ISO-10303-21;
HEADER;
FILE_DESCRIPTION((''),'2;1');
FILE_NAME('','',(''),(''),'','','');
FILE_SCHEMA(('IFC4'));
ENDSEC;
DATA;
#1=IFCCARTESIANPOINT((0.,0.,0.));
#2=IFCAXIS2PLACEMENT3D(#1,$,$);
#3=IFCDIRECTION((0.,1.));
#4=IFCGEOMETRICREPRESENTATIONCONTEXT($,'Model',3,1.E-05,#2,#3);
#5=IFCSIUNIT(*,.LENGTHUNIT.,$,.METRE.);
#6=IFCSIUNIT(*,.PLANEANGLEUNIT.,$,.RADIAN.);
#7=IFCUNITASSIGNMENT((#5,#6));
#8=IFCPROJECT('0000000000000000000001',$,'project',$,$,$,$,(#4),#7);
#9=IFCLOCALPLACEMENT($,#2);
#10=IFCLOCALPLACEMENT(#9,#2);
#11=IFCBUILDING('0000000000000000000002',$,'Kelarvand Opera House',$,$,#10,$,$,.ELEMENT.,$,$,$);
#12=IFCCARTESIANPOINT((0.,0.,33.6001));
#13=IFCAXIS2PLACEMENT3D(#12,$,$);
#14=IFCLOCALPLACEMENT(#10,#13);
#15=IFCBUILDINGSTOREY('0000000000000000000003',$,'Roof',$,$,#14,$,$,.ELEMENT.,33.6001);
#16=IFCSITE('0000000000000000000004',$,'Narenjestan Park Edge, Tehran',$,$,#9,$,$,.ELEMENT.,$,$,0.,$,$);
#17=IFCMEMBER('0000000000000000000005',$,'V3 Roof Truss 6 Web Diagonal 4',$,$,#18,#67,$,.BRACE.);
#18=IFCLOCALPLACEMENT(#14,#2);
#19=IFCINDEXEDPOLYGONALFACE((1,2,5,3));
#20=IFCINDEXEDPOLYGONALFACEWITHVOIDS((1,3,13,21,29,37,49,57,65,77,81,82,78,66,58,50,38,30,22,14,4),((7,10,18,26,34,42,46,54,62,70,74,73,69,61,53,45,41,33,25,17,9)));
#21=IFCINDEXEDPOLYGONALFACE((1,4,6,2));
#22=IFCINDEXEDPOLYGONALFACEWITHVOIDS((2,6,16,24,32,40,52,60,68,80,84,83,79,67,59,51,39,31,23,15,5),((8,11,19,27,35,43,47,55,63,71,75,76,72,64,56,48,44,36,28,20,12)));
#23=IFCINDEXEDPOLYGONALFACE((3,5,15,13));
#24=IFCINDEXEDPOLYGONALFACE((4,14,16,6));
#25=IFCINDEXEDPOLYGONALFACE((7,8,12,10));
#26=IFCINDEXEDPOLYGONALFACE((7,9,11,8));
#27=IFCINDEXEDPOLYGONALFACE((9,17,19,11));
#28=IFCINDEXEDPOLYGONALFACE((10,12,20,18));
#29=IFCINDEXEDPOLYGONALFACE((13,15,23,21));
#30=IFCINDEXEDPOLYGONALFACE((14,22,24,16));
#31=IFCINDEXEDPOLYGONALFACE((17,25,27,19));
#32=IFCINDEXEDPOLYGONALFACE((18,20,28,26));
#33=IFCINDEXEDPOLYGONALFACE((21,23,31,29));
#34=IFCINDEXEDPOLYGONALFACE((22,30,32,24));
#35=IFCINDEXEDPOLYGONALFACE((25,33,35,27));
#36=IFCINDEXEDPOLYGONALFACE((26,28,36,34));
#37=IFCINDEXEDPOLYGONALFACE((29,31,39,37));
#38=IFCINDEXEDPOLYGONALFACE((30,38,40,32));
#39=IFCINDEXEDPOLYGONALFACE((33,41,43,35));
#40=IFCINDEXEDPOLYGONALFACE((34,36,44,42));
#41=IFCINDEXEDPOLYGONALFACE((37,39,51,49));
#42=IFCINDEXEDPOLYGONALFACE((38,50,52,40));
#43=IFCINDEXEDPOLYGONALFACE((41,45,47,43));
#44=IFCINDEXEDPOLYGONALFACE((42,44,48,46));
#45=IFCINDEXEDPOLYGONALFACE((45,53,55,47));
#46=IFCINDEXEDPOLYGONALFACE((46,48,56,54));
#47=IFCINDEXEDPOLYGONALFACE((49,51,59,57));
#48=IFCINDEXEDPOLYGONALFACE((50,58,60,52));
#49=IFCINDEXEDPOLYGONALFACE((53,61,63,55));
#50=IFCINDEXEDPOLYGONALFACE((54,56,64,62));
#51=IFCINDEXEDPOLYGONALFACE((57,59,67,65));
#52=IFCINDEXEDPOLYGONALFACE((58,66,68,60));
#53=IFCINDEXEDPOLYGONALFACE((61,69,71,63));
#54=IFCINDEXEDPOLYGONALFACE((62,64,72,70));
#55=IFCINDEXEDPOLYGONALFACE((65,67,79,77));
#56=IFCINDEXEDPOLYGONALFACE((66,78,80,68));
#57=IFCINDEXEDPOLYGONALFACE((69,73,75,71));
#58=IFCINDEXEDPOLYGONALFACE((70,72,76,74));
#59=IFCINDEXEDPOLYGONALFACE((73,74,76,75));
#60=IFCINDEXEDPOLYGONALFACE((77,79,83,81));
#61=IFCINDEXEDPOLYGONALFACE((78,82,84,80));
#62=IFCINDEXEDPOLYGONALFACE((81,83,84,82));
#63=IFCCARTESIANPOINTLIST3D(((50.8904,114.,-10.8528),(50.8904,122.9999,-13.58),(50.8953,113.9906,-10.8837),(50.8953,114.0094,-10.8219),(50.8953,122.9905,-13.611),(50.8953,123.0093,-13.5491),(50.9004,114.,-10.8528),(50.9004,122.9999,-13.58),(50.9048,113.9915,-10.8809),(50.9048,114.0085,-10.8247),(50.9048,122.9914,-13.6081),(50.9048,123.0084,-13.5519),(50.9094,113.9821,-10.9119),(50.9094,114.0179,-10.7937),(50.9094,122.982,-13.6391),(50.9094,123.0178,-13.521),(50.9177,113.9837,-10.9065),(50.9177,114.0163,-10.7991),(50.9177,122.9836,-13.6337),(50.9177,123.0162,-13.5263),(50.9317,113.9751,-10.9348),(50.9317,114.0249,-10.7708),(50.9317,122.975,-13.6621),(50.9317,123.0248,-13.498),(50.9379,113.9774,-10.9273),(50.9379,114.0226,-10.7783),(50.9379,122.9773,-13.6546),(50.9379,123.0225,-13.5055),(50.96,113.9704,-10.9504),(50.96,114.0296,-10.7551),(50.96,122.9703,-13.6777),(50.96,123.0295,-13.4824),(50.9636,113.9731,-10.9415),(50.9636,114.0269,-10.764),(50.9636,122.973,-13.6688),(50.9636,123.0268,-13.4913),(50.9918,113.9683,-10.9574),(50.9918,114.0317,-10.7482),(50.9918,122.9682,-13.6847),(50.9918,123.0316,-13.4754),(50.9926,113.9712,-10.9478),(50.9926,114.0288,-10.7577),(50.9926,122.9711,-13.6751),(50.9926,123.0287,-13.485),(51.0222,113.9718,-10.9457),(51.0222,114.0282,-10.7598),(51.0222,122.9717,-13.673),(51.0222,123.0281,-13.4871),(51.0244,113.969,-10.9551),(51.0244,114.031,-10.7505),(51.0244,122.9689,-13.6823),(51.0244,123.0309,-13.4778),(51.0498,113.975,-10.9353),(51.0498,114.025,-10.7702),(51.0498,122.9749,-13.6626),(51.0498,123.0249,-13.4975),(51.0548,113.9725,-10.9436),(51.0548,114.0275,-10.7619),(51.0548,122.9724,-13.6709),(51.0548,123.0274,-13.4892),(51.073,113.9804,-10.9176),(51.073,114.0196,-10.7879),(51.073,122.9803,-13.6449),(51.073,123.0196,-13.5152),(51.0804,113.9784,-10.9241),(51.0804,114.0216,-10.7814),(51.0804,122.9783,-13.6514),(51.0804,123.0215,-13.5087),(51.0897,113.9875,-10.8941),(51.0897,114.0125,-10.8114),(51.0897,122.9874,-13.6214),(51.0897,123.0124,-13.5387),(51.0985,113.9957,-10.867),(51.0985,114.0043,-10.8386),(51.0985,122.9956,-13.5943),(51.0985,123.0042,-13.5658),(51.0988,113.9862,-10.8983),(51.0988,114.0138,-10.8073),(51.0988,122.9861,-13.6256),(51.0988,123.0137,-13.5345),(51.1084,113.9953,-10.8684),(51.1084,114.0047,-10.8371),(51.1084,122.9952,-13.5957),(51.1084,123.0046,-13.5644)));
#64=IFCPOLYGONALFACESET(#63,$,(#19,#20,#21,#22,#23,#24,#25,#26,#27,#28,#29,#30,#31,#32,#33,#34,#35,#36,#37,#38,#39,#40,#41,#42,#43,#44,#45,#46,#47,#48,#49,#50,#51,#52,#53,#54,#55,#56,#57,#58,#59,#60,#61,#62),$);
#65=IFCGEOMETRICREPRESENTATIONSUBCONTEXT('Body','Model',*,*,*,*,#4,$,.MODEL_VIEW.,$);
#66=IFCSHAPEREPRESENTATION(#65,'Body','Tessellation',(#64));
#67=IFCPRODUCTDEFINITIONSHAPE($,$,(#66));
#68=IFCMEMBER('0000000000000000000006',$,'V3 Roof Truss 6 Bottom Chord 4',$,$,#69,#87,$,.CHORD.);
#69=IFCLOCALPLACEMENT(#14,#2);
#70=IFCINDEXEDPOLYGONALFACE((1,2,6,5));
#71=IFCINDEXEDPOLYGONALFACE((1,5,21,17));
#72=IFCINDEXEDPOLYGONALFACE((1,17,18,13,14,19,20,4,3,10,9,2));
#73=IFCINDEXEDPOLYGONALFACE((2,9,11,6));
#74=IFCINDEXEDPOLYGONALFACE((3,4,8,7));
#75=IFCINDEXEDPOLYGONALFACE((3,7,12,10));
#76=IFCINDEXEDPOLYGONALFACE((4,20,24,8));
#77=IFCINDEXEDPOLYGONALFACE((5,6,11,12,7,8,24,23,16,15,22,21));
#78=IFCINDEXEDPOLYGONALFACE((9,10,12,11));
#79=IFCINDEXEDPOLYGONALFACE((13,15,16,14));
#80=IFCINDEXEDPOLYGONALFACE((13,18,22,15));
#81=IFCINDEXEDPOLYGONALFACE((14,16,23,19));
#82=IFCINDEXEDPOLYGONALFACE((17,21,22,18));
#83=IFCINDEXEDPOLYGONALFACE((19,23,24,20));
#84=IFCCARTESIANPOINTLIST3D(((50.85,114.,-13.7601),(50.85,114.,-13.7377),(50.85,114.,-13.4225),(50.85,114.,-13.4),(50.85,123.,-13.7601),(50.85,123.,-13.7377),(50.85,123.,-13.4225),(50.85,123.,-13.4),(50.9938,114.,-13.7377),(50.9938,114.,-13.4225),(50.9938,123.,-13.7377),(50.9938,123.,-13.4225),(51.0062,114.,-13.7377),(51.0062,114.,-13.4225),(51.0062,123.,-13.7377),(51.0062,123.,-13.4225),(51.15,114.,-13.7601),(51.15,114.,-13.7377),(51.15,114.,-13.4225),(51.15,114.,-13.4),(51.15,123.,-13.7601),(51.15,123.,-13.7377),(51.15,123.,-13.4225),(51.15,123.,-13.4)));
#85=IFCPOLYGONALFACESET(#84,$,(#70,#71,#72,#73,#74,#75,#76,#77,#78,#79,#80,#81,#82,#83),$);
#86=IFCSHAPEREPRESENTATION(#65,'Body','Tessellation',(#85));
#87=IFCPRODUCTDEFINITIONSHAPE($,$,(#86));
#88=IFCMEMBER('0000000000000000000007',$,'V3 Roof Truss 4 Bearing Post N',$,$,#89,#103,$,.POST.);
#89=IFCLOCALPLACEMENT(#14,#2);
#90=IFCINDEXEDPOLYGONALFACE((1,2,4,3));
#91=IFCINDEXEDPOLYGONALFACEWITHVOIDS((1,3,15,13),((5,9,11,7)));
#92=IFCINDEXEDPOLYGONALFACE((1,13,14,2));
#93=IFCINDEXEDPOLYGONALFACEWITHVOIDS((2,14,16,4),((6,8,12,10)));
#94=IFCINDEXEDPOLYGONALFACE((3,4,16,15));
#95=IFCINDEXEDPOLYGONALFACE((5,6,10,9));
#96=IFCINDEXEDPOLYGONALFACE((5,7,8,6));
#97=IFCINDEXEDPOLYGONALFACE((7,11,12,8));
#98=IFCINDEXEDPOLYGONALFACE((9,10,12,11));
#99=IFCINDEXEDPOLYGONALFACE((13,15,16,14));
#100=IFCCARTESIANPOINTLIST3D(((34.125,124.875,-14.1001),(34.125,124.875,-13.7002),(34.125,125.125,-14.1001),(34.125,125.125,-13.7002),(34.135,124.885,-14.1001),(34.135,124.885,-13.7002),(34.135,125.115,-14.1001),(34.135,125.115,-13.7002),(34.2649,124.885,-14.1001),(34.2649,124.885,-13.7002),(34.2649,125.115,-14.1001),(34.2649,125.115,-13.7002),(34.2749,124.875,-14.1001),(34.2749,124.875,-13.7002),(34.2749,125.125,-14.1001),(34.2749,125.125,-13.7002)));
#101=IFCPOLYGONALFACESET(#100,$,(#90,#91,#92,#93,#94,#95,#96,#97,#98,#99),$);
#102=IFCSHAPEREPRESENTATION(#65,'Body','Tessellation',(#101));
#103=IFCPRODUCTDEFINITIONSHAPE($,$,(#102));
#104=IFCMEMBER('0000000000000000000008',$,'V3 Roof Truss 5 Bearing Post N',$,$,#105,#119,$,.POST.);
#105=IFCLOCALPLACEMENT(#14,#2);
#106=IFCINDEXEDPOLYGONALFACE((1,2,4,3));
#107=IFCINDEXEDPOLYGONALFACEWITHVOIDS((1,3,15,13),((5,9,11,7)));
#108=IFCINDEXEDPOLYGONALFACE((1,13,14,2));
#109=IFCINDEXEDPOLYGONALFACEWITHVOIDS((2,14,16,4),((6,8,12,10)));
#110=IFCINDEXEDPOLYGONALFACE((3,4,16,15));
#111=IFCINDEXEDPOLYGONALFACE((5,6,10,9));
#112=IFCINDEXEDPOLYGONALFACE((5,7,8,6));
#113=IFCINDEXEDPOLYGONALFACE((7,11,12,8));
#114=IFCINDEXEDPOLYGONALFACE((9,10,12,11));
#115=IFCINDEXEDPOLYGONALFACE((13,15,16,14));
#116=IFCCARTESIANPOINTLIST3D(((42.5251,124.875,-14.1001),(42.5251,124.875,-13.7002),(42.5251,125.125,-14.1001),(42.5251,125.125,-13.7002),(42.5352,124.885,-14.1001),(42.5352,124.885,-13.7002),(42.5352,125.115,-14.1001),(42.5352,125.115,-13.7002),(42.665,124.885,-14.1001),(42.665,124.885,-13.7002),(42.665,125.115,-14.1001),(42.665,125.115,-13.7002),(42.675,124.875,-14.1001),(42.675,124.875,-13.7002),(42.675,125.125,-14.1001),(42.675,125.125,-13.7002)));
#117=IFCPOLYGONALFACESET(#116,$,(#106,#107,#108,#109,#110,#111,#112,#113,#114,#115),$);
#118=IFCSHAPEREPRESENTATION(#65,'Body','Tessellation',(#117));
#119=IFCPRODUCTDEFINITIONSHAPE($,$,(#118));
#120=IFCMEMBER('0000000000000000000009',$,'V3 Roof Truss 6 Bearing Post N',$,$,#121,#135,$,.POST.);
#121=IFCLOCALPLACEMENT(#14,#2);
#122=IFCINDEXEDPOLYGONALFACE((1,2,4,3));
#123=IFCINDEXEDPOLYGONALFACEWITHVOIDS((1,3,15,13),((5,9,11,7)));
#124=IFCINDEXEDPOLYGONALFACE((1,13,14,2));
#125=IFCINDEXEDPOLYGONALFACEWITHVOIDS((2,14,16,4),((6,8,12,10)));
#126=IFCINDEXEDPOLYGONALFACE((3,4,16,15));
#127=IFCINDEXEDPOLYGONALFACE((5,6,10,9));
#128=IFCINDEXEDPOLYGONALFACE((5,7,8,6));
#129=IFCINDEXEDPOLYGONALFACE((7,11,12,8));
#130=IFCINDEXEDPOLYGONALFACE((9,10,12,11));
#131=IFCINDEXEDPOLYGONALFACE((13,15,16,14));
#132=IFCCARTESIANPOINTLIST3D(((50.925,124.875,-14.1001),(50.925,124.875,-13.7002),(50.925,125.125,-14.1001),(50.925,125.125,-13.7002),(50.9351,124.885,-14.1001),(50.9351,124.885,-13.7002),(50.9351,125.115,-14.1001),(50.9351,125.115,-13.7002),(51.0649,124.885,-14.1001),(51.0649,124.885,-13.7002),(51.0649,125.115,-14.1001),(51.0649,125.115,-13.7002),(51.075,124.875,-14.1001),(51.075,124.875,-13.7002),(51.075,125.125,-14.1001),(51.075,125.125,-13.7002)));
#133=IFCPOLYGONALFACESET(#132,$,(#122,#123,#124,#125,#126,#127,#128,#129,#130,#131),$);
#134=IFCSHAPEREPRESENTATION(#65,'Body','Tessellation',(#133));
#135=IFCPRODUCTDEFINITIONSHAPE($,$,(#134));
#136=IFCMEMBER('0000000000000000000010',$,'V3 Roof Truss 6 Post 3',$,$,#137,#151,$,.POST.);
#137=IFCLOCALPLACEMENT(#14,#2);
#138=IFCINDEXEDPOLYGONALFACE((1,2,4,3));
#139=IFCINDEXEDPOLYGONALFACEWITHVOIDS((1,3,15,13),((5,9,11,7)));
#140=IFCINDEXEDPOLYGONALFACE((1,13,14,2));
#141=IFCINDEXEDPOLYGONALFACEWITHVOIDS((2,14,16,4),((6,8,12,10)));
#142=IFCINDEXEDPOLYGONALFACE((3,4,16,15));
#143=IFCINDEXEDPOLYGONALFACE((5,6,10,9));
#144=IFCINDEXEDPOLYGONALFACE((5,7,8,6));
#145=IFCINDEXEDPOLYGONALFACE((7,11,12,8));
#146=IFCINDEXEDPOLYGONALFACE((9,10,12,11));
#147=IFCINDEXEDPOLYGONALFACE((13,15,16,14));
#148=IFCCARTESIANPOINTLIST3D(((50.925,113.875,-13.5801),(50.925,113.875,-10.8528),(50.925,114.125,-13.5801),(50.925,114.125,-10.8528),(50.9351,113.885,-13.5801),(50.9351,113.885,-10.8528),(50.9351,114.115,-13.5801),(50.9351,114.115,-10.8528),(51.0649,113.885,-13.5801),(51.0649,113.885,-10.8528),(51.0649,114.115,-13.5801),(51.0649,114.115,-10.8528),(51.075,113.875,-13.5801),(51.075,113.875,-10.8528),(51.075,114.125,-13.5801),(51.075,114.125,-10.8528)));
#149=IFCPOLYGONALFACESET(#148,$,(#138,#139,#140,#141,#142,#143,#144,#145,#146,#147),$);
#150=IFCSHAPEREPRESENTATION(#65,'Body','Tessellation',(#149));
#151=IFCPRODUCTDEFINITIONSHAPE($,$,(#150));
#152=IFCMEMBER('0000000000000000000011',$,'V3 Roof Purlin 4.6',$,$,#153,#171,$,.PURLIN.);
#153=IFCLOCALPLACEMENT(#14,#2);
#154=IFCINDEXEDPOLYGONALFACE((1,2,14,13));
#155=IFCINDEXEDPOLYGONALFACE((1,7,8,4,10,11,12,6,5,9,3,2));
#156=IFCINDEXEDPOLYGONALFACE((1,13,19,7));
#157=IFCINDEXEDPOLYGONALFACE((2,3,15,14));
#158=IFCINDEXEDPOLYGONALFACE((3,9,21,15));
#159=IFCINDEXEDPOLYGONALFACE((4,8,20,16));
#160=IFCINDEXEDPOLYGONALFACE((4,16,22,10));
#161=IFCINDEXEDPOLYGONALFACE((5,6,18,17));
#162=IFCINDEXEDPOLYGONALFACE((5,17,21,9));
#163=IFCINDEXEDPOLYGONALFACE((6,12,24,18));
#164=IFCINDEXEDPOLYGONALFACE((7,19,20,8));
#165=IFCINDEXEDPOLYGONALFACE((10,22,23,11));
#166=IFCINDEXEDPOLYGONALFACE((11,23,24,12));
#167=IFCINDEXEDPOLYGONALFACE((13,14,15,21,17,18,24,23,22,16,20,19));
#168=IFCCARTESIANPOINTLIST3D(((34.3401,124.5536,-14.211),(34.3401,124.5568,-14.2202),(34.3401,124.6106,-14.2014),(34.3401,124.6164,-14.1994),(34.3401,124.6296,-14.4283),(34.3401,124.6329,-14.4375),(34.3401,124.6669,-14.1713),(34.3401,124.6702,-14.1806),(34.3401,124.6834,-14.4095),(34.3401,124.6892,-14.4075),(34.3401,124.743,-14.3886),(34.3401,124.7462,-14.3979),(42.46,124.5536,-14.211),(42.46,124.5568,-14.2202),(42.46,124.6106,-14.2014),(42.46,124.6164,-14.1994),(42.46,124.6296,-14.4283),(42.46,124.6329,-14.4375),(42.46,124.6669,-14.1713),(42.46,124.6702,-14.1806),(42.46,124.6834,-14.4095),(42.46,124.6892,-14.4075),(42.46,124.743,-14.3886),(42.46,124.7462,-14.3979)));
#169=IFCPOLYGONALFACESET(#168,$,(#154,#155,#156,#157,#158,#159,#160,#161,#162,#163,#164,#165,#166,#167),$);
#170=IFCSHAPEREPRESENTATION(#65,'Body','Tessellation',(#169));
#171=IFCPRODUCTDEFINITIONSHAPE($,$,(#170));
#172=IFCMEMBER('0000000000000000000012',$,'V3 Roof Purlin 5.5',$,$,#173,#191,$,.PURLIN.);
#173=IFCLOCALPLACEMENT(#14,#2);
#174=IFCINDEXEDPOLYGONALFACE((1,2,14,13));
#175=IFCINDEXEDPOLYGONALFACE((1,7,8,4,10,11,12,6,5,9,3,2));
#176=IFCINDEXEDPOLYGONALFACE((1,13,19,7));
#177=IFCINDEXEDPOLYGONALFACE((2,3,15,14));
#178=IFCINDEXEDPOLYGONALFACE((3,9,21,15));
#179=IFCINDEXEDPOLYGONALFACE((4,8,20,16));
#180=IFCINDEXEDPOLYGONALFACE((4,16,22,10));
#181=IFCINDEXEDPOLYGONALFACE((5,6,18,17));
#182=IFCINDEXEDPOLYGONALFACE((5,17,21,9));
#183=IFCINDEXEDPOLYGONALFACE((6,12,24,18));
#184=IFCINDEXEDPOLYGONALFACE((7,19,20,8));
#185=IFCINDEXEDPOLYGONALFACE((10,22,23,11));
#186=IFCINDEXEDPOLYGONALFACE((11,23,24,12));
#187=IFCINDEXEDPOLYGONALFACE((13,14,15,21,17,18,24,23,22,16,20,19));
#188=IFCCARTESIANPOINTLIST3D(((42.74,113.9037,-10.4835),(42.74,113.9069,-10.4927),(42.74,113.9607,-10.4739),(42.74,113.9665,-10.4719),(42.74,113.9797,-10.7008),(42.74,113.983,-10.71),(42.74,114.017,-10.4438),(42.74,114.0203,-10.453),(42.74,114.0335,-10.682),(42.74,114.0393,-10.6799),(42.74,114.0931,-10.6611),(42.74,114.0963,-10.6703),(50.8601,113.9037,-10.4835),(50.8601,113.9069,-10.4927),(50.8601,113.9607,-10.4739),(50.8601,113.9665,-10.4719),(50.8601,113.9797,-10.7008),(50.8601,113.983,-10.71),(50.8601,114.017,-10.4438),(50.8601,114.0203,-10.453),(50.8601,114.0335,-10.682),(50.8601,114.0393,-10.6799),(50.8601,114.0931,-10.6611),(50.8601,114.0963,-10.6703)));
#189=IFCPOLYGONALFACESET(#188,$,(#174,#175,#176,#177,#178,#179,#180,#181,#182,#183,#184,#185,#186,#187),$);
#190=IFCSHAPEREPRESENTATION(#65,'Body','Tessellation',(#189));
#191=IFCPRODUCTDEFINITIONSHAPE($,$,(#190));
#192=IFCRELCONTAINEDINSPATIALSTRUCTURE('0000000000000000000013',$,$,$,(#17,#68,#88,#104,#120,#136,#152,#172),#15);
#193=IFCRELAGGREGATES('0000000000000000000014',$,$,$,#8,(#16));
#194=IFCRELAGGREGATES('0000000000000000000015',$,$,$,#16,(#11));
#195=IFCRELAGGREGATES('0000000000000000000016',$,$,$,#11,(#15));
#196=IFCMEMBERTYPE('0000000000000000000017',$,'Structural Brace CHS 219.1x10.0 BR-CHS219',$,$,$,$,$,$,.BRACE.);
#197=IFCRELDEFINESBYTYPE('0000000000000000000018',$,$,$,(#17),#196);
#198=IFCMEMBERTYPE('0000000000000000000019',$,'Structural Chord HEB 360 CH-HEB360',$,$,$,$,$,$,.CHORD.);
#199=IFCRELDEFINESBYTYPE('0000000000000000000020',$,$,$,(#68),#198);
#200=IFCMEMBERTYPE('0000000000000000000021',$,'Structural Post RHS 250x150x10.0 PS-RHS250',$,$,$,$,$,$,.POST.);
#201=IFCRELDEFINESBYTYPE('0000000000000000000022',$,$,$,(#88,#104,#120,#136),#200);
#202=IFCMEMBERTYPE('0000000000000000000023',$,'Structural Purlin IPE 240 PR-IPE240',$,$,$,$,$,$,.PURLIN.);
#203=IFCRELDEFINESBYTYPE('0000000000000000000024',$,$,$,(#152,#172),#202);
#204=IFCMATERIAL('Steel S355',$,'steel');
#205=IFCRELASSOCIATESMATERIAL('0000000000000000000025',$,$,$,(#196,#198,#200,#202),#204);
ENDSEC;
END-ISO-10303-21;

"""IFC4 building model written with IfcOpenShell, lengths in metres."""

from ifc_helpers import new_model, si_unit, direction, frame, origin, origin_2d, place, context, subcontext, project, spatial, hollow_rectangle, hollow_circle, i_section, extrude, material, material_profile, profile_set, type_object, element, save


model = new_model("IFC4")

# Units and contexts
model_context = context("Model", 3, precision=1e-05, world=origin(), true_north=direction((0.0, 1.0)))
body_context = subcontext(model_context, "Body", "Model", "MODEL_VIEW")
ifc_project = project(units=[si_unit("LENGTHUNIT", "METRE"), si_unit("PLANEANGLEUNIT", "RADIAN")], contexts=[model_context])

# Site, building, storey
site_placement = place(None, origin())
site = spatial("IfcSite", under=ifc_project, at=site_placement, Name="Narenjestan Park Edge, Tehran", CompositionType="ELEMENT", RefElevation=0.0)
building_placement = place(site_placement, origin())
building = spatial("IfcBuilding", under=site, at=building_placement, Name="Kelarvand Opera House", CompositionType="ELEMENT")
storey_placement = place(building_placement, frame((0.0, 0.0, 33.6001)))
storey = spatial("IfcBuildingStorey", under=building, at=storey_placement, Name="Roof", CompositionType="ELEMENT", Elevation=33.6001)

# Members
ifc_material = material(Name="Steel S355", Category="steel")
ifc_material_profile_1 = material_profile(ifc_material, hollow_circle(Radius=0.1096, WallThickness=0.01, at=origin_2d()), Name="CHS 219.1x10.0", Category="steel")
ifc_profile_set_1 = profile_set([ifc_material_profile_1], Name="Steel S355")
member_type_1 = type_object("IfcMemberType", Name="Structural Brace CHS 219.1x10.0 BR-CHS219", PredefinedType="BRACE", material=ifc_profile_set_1)
member_1_placement = place(storey_placement, frame((51.0, 114.0, -10.8528), z_axis=(0.0, 0.957024, -0.29001), x_axis=(-1.0, 0.0, 0.0)))
element("IfcMember", 1, at=member_1_placement, inside=storey, type_object=member_type_1, Name="V3 Roof Truss 6 Web Diagonal 4", PredefinedType="BRACE", context=body_context, shape_type="SweptSolid", body=[
    extrude(hollow_circle(Radius=0.1096, WallThickness=0.01, at=origin_2d()), origin(), (0.0, 0.0, 1.0), 9.4041),
])
ifc_material_profile_2 = material_profile(ifc_material, i_section(OverallWidth=0.3, OverallDepth=0.3601, WebThickness=0.0125, FlangeThickness=0.0225, at=origin_2d()), Name="HEB 360", Category="steel")
ifc_profile_set_2 = profile_set([ifc_material_profile_2], Name="Steel S355")
member_type_2 = type_object("IfcMemberType", Name="Structural Chord HEB 360 CH-HEB360", PredefinedType="CHORD", material=ifc_profile_set_2)
member_2_placement = place(storey_placement, frame((51.0, 114.0, -13.5801), z_axis=(0.0, 1.0, 0.0), x_axis=(-1.0, 0.0, 0.0)))
element("IfcMember", 2, at=member_2_placement, inside=storey, type_object=member_type_2, Name="V3 Roof Truss 6 Bottom Chord 4", PredefinedType="CHORD", context=body_context, shape_type="SweptSolid", body=[
    extrude(i_section(OverallWidth=0.3, OverallDepth=0.3601, WebThickness=0.0125, FlangeThickness=0.0225, at=origin_2d()), origin(), (0.0, 0.0, 1.0), 9.0),
])
ifc_material_profile_3 = material_profile(ifc_material, hollow_rectangle(XDim=0.1499, YDim=0.25, WallThickness=0.01, at=origin_2d()), Name="RHS 250x150x10.0", Category="steel")
ifc_profile_set_3 = profile_set([ifc_material_profile_3], Name="Steel S355")
member_type_3 = type_object("IfcMemberType", Name="Structural Post RHS 250x150x10.0 PS-RHS250", PredefinedType="POST", material=ifc_profile_set_3)
for number, where, z_axis, x_axis, name in (
    (3, (34.2, 125.0, -14.1001), (0.0, 0.0, 1.0), (1.0, 0.0, 0.0), "V3 Roof Truss 4 Bearing Post N"),
    (4, (42.6001, 125.0, -14.1001), (0.0, 0.0, 1.0), (1.0, 0.0, 0.0), "V3 Roof Truss 5 Bearing Post N"),
    (5, (51.0, 125.0, -14.1001), (0.0, 0.0, 1.0), (1.0, 0.0, 0.0), "V3 Roof Truss 6 Bearing Post N"),
):
    element("IfcMember", number, at=place(storey_placement, frame(where, z_axis=z_axis, x_axis=x_axis)), inside=storey, type_object=member_type_3, Name=name, PredefinedType="POST", context=body_context, shape_type="SweptSolid", body=[
        extrude(hollow_rectangle(XDim=0.1499, YDim=0.25, WallThickness=0.01, at=origin_2d()), origin(), (0.0, 0.0, 1.0), 0.3999),
    ])
member_3_placement = place(storey_placement, frame((51.0, 114.0, -13.5801), z_axis=(0.0, 0.0, 1.0), x_axis=(1.0, 0.0, 0.0)))
element("IfcMember", 6, at=member_3_placement, inside=storey, type_object=member_type_3, Name="V3 Roof Truss 6 Post 3", PredefinedType="POST", context=body_context, shape_type="SweptSolid", body=[
    extrude(hollow_rectangle(XDim=0.1499, YDim=0.25, WallThickness=0.01, at=origin_2d()), origin(), (0.0, 0.0, 1.0), 2.7273),
])
ifc_material_profile_4 = material_profile(ifc_material, i_section(OverallWidth=0.1201, OverallDepth=0.24, WebThickness=0.0061, FlangeThickness=0.0098, at=origin_2d()), Name="IPE 240", Category="steel")
ifc_profile_set_4 = profile_set([ifc_material_profile_4], Name="Steel S355")
member_type_4 = type_object("IfcMemberType", Name="Structural Purlin IPE 240 PR-IPE240", PredefinedType="PURLIN", material=ifc_profile_set_4)
member_4_placement = place(storey_placement, frame((34.3401, 124.6499, -14.3044), z_axis=(1.0, 0.0, 0.0), x_axis=(0.0, 0.943859, 0.33035)))
element("IfcMember", 7, at=member_4_placement, inside=storey, type_object=member_type_4, Name="V3 Roof Purlin 4.6", PredefinedType="PURLIN", context=body_context, shape_type="SweptSolid", body=[
    extrude(i_section(OverallWidth=0.1201, OverallDepth=0.24, WebThickness=0.0061, FlangeThickness=0.0098, at=origin_2d()), origin(), (0.0, 0.0, 1.0), 8.1199),
])
for number, where, z_axis, x_axis, name in (
    (8, (42.74, 114.0, -10.5769), (1.0, 0.0, 0.0), (0.0, 0.943859, 0.33035), "V3 Roof Purlin 5.5"),
):
    element("IfcMember", number, at=place(storey_placement, frame(where, z_axis=z_axis, x_axis=x_axis)), inside=storey, type_object=member_type_4, Name=name, PredefinedType="PURLIN", context=body_context, shape_type="SweptSolid", body=[
        extrude(i_section(OverallWidth=0.1201, OverallDepth=0.24, WebThickness=0.0061, FlangeThickness=0.0098, at=origin_2d()), origin(), (0.0, 0.0, 1.0), 8.1201),
    ])

save(model, "model.ifc")
